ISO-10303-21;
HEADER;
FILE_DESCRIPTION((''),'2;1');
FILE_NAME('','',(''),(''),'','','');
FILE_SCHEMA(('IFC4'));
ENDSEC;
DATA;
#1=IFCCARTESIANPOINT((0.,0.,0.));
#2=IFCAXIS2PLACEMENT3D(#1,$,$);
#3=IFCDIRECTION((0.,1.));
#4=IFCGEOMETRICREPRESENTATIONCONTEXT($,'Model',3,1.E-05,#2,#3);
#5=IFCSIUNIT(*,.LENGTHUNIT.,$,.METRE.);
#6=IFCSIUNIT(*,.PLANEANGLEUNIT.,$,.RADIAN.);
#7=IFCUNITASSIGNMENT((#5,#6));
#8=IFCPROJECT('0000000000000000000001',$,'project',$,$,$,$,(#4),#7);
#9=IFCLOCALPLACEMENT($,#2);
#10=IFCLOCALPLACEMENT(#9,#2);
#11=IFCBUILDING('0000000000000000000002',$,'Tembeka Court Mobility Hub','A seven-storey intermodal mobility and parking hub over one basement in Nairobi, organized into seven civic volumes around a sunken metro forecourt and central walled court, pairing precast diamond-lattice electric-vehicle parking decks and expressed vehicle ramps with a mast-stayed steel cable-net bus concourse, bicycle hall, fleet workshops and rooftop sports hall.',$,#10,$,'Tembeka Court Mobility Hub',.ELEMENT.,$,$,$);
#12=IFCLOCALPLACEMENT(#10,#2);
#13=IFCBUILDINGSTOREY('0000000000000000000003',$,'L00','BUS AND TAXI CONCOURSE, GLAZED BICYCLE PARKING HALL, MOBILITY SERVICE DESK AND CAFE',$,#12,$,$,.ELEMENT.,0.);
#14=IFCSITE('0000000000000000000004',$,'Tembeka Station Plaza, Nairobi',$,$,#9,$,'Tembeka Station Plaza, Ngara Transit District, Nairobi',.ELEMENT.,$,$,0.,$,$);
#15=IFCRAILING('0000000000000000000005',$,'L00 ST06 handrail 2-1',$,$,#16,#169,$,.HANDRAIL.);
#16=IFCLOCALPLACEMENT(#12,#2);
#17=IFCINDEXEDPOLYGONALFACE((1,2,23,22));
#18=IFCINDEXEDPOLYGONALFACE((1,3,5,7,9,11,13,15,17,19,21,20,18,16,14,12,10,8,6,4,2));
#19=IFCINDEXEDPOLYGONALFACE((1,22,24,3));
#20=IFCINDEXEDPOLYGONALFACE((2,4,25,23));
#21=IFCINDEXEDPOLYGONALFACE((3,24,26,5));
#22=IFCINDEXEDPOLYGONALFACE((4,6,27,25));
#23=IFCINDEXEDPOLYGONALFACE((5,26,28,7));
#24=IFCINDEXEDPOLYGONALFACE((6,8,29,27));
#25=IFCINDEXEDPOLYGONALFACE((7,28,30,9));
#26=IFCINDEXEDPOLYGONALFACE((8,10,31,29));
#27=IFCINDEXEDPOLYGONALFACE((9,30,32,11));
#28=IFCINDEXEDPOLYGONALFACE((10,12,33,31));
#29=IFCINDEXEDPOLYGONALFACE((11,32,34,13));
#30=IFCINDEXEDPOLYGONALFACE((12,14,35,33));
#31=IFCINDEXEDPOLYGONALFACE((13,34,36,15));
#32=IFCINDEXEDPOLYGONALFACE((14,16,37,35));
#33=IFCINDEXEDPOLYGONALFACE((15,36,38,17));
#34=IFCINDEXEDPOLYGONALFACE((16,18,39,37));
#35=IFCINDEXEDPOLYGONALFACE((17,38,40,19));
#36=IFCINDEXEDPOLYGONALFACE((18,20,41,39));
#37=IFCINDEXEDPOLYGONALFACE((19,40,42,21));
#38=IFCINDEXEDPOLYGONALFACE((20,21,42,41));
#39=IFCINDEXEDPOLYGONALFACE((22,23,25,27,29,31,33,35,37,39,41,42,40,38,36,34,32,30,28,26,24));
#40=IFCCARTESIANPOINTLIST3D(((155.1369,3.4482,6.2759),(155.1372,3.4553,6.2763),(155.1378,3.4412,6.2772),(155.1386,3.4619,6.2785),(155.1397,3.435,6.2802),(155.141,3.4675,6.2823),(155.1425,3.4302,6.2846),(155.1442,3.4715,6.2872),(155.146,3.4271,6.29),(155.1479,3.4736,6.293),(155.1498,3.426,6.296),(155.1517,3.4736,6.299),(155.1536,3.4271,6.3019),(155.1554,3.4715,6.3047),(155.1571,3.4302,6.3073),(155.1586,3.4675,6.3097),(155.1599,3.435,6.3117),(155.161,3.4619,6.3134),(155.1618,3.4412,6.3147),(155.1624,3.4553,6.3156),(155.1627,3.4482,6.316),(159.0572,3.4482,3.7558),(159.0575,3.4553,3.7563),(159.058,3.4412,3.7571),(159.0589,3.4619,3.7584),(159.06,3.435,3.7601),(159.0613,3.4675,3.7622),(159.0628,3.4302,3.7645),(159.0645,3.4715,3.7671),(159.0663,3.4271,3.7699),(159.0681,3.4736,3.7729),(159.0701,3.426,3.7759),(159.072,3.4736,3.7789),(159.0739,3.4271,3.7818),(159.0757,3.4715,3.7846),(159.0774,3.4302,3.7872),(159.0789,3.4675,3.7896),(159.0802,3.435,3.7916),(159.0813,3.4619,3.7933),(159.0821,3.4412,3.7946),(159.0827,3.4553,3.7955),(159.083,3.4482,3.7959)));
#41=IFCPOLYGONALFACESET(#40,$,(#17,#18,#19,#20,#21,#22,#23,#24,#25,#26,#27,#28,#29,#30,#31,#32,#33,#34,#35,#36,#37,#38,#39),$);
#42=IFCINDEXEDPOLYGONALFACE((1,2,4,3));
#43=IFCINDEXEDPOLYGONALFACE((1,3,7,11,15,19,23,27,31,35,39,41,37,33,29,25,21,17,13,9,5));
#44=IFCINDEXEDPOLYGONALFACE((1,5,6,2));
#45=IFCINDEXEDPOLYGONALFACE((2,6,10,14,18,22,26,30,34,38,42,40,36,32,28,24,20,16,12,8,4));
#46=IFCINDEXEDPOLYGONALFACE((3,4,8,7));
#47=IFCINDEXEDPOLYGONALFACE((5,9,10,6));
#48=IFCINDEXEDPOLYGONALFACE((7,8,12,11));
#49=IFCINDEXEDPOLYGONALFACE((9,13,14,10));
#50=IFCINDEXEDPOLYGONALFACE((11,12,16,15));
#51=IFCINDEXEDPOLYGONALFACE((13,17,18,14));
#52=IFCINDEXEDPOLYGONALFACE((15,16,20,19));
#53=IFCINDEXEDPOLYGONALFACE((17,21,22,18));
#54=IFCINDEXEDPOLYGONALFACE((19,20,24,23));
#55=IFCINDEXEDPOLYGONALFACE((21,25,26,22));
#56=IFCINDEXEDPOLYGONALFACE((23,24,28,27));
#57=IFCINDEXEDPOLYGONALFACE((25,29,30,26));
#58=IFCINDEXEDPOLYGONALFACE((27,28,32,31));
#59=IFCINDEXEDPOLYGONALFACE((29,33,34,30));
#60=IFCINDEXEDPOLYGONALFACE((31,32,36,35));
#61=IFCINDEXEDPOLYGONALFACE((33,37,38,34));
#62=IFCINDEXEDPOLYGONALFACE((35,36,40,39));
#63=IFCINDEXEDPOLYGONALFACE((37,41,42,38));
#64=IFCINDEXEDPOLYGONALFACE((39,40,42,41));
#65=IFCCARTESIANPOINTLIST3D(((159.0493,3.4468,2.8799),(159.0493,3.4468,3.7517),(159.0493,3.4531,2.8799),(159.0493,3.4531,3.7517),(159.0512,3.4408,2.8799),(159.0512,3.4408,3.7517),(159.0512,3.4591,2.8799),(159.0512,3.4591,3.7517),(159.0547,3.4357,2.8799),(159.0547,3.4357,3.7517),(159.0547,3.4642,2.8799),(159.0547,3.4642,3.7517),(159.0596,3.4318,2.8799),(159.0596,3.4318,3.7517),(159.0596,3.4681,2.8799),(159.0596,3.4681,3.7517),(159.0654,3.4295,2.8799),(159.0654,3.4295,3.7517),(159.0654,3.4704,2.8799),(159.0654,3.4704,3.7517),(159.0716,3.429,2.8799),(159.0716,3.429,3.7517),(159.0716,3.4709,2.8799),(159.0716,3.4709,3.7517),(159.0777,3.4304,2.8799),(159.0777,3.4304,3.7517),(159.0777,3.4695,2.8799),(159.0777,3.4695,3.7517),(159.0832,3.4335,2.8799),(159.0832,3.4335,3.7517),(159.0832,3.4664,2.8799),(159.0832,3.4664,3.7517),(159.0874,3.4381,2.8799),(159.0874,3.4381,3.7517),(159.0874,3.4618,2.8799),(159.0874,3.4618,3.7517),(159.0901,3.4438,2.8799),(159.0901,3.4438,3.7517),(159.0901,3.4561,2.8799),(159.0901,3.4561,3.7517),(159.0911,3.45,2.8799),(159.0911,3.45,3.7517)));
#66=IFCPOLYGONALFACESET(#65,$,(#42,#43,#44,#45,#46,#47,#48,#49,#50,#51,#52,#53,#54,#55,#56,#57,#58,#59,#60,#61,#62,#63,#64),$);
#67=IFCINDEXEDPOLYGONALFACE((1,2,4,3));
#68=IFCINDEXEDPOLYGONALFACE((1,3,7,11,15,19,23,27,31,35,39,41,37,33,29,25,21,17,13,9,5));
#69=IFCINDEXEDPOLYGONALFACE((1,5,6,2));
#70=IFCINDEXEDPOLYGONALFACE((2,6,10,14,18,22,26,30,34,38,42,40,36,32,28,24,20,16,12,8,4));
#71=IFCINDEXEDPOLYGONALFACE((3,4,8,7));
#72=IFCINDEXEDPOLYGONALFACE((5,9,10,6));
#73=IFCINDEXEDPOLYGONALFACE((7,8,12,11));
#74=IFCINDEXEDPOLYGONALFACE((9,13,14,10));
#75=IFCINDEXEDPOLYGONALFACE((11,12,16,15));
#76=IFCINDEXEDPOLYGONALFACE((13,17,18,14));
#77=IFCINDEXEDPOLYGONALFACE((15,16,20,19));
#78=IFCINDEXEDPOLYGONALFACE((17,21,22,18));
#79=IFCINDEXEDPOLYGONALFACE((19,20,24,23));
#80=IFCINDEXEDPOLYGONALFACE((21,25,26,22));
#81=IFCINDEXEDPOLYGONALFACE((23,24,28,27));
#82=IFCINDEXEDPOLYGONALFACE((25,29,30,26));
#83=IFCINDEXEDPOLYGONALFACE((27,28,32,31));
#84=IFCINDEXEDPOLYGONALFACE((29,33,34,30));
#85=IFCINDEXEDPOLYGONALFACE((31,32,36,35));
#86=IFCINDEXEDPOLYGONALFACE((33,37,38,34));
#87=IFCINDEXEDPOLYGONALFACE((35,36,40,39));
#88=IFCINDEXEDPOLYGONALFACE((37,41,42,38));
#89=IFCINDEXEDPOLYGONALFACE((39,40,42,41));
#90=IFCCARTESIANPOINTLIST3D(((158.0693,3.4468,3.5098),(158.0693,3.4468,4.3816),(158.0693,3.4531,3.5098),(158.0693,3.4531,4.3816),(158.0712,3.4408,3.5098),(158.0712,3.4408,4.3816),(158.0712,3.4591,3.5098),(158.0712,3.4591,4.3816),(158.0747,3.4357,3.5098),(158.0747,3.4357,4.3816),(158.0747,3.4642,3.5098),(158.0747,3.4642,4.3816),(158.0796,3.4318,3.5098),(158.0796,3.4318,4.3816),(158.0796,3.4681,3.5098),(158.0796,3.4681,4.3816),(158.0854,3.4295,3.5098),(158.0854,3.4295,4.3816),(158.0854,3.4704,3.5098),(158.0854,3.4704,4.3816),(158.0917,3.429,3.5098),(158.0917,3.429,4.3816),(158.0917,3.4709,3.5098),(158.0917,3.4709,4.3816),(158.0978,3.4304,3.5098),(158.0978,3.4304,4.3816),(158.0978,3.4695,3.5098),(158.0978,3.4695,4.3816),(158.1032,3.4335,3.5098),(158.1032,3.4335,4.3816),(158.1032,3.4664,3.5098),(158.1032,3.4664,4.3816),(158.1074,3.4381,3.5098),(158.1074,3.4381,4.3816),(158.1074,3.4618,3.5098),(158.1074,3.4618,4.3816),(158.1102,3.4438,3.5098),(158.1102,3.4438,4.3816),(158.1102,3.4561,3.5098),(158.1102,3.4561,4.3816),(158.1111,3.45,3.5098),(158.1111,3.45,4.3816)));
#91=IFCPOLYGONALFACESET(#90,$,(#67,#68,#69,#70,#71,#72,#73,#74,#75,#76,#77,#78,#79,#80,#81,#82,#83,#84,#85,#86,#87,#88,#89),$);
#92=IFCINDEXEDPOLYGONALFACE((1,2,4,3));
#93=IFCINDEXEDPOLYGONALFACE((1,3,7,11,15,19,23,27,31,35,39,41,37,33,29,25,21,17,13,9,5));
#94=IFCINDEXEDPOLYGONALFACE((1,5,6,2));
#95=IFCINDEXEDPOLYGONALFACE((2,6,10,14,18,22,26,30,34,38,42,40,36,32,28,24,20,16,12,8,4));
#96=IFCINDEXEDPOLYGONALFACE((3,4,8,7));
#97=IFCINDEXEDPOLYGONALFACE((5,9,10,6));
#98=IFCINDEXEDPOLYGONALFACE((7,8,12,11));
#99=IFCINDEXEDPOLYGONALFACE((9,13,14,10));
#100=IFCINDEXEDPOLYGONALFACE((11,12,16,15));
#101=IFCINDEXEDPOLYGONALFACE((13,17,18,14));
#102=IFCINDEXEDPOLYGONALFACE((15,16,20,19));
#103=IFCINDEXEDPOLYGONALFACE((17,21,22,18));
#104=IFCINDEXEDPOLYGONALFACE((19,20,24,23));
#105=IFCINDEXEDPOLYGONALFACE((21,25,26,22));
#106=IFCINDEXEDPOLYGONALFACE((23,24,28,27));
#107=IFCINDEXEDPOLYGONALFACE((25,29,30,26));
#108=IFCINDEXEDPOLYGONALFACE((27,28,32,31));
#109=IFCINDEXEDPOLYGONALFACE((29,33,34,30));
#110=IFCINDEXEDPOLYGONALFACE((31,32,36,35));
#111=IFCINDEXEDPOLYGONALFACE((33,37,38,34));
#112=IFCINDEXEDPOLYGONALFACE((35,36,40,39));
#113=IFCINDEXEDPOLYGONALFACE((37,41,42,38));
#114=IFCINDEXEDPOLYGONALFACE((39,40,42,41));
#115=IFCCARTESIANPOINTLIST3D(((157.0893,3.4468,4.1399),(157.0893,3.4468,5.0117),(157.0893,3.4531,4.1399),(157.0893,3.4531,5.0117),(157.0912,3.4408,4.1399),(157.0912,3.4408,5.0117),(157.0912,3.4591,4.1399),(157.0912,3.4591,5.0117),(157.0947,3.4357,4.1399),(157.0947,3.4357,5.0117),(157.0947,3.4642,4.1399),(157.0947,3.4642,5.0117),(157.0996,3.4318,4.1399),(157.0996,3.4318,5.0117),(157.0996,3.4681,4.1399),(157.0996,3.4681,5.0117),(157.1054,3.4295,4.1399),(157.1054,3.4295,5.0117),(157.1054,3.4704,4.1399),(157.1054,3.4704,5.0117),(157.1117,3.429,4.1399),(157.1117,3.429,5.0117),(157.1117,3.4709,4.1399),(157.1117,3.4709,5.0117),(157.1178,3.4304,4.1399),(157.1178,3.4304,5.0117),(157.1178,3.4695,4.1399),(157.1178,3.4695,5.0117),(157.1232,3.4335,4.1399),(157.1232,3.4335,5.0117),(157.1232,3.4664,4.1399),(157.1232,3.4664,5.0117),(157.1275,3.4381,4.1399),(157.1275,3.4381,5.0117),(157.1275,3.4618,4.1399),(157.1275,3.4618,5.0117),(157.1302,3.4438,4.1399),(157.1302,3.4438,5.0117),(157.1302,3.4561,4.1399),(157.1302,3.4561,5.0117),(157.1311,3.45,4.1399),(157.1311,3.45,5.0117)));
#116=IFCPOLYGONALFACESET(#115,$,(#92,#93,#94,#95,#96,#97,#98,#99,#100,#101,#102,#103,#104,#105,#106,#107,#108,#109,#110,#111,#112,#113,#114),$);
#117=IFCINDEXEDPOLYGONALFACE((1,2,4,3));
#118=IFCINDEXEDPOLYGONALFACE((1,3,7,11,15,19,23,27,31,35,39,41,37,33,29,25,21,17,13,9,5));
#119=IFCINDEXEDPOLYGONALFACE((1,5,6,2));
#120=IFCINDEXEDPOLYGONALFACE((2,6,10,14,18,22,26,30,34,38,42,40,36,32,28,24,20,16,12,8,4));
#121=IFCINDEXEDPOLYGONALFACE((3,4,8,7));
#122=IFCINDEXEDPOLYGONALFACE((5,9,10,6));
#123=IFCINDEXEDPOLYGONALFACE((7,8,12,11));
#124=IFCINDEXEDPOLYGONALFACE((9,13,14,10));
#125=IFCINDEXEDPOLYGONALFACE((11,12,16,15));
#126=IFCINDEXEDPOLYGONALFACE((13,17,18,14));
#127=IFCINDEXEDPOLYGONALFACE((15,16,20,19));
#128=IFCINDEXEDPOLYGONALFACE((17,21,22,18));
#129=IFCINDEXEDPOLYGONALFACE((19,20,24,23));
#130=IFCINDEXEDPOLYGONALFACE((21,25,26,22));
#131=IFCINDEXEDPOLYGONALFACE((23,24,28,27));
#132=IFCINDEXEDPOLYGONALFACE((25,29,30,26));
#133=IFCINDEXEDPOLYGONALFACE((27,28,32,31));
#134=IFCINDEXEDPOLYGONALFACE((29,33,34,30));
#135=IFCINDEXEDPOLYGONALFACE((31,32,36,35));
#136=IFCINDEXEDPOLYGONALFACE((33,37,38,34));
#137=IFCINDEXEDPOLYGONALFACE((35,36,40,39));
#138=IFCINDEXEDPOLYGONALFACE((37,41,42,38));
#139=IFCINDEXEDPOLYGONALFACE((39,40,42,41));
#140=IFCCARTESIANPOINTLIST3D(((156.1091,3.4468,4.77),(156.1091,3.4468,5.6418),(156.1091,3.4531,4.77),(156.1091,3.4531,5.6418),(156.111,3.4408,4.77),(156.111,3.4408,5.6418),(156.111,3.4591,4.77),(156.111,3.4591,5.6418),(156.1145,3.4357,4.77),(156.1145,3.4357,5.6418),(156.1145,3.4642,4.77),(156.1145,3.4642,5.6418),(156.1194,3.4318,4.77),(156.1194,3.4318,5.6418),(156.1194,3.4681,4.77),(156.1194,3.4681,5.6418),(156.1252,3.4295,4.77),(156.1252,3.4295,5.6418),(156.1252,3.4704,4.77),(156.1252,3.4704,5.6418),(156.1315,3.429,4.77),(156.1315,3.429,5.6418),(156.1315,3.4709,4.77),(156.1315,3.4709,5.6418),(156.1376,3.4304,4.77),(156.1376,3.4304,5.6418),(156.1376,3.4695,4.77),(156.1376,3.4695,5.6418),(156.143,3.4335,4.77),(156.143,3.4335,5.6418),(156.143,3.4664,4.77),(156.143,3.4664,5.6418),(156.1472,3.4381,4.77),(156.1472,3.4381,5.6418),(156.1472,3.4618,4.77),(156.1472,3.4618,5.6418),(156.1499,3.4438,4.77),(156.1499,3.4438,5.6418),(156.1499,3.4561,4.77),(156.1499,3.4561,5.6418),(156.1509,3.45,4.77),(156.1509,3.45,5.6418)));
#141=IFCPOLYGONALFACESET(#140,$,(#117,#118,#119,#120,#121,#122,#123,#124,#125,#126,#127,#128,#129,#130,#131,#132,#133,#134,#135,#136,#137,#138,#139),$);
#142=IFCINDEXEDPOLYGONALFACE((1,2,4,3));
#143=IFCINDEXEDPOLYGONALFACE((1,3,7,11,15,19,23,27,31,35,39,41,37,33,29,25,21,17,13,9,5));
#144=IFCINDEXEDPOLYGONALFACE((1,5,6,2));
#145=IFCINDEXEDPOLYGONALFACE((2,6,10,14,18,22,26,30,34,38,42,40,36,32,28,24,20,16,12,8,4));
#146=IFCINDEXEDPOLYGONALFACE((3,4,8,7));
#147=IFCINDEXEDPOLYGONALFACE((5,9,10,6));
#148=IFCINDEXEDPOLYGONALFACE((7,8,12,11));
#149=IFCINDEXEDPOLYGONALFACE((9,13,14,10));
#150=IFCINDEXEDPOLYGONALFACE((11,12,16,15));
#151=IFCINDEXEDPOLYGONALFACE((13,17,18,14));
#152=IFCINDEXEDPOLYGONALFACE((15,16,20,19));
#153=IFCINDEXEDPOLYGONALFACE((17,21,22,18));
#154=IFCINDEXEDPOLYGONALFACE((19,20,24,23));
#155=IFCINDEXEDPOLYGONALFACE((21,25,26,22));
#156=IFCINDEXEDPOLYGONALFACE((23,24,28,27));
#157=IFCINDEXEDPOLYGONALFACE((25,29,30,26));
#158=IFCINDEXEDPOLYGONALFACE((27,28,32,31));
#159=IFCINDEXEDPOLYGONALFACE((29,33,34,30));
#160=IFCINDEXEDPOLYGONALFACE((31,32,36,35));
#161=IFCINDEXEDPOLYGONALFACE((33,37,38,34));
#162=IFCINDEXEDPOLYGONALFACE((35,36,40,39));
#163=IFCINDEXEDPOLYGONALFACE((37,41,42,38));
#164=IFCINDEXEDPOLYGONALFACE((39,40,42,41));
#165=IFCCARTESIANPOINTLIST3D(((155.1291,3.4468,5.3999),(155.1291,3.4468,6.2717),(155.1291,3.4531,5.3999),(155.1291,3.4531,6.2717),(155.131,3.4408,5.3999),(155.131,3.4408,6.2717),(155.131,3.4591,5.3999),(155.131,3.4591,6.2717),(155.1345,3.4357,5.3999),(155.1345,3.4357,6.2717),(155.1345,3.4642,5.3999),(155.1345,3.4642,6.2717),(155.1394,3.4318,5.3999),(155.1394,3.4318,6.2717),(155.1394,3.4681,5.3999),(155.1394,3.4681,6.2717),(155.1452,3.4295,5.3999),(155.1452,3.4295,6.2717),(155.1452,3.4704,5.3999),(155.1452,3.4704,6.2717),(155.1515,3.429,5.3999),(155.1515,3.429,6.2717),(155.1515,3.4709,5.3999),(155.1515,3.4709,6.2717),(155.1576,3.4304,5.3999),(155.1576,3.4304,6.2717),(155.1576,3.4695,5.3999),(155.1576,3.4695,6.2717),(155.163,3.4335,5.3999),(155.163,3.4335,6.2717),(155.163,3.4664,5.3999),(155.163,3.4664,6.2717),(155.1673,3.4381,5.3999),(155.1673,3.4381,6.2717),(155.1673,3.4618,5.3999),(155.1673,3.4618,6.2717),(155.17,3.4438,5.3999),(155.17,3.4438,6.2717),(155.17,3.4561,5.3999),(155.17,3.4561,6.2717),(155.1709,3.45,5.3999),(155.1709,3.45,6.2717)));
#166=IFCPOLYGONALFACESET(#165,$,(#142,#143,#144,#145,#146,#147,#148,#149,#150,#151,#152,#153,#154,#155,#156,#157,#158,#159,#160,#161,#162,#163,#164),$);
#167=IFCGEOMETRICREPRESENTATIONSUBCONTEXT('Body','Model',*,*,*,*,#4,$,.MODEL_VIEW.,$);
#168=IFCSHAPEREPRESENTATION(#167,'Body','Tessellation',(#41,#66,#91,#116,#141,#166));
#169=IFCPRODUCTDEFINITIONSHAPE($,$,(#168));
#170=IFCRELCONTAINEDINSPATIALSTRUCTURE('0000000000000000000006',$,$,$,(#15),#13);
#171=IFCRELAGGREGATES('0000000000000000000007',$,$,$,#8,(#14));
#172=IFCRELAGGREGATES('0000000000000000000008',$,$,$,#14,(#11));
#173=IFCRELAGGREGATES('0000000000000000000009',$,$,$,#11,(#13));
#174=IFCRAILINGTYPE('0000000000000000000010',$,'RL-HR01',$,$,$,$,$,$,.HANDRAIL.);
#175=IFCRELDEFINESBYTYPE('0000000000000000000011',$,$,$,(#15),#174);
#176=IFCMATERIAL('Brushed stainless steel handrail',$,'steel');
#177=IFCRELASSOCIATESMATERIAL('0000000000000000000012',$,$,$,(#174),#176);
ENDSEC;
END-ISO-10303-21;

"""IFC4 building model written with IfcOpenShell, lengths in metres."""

from ifc_helpers import new_model, si_unit, direction, frame, origin, origin_2d, place, context, subcontext, project, spatial, circle, extrude, material, type_object, element, save


model = new_model("IFC4")

# Units and contexts
model_context = context("Model", 3, precision=1e-05, world=origin(), true_north=direction((0.0, 1.0)))
body_context = subcontext(model_context, "Body", "Model", "MODEL_VIEW")
ifc_project = project(units=[si_unit("LENGTHUNIT", "METRE"), si_unit("PLANEANGLEUNIT", "RADIAN")], contexts=[model_context])

# Site, building, storey
site_placement = place(None, origin())
site = spatial("IfcSite", under=ifc_project, at=site_placement, Name="Tembeka Station Plaza, Nairobi", LongName="Tembeka Station Plaza, Ngara Transit District, Nairobi", CompositionType="ELEMENT", RefElevation=0.0)
building_placement = place(site_placement, origin())
building = spatial("IfcBuilding", under=site, at=building_placement, Name="Tembeka Court Mobility Hub", Description="A seven-storey intermodal mobility and parking hub over one basement in Nairobi, organized into seven civic volumes around a sunken metro forecourt and central walled court, pairing precast diamond-lattice electric-vehicle parking decks and expressed vehicle ramps with a mast-stayed steel cable-net bus concourse, bicycle hall, fleet workshops and rooftop sports hall.", LongName="Tembeka Court Mobility Hub", CompositionType="ELEMENT")
storey_placement = place(building_placement, origin())
storey = spatial("IfcBuildingStorey", under=building, at=storey_placement, Name="L00", Description="BUS AND TAXI CONCOURSE, GLAZED BICYCLE PARKING HALL, MOBILITY SERVICE DESK AND CAFE", CompositionType="ELEMENT", Elevation=0.0)

# Railing
ifc_material_1 = material(Name="Brushed stainless steel handrail", Category="steel")
railing_type_1 = type_object("IfcRailingType", Name="RL-HR01", PredefinedType="HANDRAIL", material=ifc_material_1)
railing_1_placement = place(storey_placement, frame((159.0701, 3.45, 2.8799)))
element("IfcRailing", 1, at=railing_1_placement, inside=storey, type_object=railing_type_1, Name="L00 ST06 handrail 2-1", PredefinedType="HANDRAIL", context=body_context, shape_type="SweptSolid", body=[
    extrude(circle(Radius=0.0239, at=origin_2d()), frame((0.0, 0.0, 0.896), z_axis=(-0.841187, 0.0, 0.540744), x_axis=(0.0, -1.0, 0.0)), (0.0, 0.0, 1.0), 4.6604),
    extrude(circle(Radius=0.021, at=origin_2d()), origin(), (0.0, 0.0, 1.0), 0.8718),
    extrude(circle(Radius=0.021, at=origin_2d()), frame((-0.98, 0.0, 0.6299)), (0.0, 0.0, 1.0), 0.8718),
    extrude(circle(Radius=0.021, at=origin_2d()), frame((-1.96, 0.0, 1.26)), (0.0, 0.0, 1.0), 0.8718),
    extrude(circle(Radius=0.021, at=origin_2d()), frame((-2.9402, 0.0, 1.8901)), (0.0, 0.0, 1.0), 0.8718),
    extrude(circle(Radius=0.021, at=origin_2d()), frame((-3.9202, 0.0, 2.52)), (0.0, 0.0, 1.0), 0.8718),
])

save(model, "model.ifc")
